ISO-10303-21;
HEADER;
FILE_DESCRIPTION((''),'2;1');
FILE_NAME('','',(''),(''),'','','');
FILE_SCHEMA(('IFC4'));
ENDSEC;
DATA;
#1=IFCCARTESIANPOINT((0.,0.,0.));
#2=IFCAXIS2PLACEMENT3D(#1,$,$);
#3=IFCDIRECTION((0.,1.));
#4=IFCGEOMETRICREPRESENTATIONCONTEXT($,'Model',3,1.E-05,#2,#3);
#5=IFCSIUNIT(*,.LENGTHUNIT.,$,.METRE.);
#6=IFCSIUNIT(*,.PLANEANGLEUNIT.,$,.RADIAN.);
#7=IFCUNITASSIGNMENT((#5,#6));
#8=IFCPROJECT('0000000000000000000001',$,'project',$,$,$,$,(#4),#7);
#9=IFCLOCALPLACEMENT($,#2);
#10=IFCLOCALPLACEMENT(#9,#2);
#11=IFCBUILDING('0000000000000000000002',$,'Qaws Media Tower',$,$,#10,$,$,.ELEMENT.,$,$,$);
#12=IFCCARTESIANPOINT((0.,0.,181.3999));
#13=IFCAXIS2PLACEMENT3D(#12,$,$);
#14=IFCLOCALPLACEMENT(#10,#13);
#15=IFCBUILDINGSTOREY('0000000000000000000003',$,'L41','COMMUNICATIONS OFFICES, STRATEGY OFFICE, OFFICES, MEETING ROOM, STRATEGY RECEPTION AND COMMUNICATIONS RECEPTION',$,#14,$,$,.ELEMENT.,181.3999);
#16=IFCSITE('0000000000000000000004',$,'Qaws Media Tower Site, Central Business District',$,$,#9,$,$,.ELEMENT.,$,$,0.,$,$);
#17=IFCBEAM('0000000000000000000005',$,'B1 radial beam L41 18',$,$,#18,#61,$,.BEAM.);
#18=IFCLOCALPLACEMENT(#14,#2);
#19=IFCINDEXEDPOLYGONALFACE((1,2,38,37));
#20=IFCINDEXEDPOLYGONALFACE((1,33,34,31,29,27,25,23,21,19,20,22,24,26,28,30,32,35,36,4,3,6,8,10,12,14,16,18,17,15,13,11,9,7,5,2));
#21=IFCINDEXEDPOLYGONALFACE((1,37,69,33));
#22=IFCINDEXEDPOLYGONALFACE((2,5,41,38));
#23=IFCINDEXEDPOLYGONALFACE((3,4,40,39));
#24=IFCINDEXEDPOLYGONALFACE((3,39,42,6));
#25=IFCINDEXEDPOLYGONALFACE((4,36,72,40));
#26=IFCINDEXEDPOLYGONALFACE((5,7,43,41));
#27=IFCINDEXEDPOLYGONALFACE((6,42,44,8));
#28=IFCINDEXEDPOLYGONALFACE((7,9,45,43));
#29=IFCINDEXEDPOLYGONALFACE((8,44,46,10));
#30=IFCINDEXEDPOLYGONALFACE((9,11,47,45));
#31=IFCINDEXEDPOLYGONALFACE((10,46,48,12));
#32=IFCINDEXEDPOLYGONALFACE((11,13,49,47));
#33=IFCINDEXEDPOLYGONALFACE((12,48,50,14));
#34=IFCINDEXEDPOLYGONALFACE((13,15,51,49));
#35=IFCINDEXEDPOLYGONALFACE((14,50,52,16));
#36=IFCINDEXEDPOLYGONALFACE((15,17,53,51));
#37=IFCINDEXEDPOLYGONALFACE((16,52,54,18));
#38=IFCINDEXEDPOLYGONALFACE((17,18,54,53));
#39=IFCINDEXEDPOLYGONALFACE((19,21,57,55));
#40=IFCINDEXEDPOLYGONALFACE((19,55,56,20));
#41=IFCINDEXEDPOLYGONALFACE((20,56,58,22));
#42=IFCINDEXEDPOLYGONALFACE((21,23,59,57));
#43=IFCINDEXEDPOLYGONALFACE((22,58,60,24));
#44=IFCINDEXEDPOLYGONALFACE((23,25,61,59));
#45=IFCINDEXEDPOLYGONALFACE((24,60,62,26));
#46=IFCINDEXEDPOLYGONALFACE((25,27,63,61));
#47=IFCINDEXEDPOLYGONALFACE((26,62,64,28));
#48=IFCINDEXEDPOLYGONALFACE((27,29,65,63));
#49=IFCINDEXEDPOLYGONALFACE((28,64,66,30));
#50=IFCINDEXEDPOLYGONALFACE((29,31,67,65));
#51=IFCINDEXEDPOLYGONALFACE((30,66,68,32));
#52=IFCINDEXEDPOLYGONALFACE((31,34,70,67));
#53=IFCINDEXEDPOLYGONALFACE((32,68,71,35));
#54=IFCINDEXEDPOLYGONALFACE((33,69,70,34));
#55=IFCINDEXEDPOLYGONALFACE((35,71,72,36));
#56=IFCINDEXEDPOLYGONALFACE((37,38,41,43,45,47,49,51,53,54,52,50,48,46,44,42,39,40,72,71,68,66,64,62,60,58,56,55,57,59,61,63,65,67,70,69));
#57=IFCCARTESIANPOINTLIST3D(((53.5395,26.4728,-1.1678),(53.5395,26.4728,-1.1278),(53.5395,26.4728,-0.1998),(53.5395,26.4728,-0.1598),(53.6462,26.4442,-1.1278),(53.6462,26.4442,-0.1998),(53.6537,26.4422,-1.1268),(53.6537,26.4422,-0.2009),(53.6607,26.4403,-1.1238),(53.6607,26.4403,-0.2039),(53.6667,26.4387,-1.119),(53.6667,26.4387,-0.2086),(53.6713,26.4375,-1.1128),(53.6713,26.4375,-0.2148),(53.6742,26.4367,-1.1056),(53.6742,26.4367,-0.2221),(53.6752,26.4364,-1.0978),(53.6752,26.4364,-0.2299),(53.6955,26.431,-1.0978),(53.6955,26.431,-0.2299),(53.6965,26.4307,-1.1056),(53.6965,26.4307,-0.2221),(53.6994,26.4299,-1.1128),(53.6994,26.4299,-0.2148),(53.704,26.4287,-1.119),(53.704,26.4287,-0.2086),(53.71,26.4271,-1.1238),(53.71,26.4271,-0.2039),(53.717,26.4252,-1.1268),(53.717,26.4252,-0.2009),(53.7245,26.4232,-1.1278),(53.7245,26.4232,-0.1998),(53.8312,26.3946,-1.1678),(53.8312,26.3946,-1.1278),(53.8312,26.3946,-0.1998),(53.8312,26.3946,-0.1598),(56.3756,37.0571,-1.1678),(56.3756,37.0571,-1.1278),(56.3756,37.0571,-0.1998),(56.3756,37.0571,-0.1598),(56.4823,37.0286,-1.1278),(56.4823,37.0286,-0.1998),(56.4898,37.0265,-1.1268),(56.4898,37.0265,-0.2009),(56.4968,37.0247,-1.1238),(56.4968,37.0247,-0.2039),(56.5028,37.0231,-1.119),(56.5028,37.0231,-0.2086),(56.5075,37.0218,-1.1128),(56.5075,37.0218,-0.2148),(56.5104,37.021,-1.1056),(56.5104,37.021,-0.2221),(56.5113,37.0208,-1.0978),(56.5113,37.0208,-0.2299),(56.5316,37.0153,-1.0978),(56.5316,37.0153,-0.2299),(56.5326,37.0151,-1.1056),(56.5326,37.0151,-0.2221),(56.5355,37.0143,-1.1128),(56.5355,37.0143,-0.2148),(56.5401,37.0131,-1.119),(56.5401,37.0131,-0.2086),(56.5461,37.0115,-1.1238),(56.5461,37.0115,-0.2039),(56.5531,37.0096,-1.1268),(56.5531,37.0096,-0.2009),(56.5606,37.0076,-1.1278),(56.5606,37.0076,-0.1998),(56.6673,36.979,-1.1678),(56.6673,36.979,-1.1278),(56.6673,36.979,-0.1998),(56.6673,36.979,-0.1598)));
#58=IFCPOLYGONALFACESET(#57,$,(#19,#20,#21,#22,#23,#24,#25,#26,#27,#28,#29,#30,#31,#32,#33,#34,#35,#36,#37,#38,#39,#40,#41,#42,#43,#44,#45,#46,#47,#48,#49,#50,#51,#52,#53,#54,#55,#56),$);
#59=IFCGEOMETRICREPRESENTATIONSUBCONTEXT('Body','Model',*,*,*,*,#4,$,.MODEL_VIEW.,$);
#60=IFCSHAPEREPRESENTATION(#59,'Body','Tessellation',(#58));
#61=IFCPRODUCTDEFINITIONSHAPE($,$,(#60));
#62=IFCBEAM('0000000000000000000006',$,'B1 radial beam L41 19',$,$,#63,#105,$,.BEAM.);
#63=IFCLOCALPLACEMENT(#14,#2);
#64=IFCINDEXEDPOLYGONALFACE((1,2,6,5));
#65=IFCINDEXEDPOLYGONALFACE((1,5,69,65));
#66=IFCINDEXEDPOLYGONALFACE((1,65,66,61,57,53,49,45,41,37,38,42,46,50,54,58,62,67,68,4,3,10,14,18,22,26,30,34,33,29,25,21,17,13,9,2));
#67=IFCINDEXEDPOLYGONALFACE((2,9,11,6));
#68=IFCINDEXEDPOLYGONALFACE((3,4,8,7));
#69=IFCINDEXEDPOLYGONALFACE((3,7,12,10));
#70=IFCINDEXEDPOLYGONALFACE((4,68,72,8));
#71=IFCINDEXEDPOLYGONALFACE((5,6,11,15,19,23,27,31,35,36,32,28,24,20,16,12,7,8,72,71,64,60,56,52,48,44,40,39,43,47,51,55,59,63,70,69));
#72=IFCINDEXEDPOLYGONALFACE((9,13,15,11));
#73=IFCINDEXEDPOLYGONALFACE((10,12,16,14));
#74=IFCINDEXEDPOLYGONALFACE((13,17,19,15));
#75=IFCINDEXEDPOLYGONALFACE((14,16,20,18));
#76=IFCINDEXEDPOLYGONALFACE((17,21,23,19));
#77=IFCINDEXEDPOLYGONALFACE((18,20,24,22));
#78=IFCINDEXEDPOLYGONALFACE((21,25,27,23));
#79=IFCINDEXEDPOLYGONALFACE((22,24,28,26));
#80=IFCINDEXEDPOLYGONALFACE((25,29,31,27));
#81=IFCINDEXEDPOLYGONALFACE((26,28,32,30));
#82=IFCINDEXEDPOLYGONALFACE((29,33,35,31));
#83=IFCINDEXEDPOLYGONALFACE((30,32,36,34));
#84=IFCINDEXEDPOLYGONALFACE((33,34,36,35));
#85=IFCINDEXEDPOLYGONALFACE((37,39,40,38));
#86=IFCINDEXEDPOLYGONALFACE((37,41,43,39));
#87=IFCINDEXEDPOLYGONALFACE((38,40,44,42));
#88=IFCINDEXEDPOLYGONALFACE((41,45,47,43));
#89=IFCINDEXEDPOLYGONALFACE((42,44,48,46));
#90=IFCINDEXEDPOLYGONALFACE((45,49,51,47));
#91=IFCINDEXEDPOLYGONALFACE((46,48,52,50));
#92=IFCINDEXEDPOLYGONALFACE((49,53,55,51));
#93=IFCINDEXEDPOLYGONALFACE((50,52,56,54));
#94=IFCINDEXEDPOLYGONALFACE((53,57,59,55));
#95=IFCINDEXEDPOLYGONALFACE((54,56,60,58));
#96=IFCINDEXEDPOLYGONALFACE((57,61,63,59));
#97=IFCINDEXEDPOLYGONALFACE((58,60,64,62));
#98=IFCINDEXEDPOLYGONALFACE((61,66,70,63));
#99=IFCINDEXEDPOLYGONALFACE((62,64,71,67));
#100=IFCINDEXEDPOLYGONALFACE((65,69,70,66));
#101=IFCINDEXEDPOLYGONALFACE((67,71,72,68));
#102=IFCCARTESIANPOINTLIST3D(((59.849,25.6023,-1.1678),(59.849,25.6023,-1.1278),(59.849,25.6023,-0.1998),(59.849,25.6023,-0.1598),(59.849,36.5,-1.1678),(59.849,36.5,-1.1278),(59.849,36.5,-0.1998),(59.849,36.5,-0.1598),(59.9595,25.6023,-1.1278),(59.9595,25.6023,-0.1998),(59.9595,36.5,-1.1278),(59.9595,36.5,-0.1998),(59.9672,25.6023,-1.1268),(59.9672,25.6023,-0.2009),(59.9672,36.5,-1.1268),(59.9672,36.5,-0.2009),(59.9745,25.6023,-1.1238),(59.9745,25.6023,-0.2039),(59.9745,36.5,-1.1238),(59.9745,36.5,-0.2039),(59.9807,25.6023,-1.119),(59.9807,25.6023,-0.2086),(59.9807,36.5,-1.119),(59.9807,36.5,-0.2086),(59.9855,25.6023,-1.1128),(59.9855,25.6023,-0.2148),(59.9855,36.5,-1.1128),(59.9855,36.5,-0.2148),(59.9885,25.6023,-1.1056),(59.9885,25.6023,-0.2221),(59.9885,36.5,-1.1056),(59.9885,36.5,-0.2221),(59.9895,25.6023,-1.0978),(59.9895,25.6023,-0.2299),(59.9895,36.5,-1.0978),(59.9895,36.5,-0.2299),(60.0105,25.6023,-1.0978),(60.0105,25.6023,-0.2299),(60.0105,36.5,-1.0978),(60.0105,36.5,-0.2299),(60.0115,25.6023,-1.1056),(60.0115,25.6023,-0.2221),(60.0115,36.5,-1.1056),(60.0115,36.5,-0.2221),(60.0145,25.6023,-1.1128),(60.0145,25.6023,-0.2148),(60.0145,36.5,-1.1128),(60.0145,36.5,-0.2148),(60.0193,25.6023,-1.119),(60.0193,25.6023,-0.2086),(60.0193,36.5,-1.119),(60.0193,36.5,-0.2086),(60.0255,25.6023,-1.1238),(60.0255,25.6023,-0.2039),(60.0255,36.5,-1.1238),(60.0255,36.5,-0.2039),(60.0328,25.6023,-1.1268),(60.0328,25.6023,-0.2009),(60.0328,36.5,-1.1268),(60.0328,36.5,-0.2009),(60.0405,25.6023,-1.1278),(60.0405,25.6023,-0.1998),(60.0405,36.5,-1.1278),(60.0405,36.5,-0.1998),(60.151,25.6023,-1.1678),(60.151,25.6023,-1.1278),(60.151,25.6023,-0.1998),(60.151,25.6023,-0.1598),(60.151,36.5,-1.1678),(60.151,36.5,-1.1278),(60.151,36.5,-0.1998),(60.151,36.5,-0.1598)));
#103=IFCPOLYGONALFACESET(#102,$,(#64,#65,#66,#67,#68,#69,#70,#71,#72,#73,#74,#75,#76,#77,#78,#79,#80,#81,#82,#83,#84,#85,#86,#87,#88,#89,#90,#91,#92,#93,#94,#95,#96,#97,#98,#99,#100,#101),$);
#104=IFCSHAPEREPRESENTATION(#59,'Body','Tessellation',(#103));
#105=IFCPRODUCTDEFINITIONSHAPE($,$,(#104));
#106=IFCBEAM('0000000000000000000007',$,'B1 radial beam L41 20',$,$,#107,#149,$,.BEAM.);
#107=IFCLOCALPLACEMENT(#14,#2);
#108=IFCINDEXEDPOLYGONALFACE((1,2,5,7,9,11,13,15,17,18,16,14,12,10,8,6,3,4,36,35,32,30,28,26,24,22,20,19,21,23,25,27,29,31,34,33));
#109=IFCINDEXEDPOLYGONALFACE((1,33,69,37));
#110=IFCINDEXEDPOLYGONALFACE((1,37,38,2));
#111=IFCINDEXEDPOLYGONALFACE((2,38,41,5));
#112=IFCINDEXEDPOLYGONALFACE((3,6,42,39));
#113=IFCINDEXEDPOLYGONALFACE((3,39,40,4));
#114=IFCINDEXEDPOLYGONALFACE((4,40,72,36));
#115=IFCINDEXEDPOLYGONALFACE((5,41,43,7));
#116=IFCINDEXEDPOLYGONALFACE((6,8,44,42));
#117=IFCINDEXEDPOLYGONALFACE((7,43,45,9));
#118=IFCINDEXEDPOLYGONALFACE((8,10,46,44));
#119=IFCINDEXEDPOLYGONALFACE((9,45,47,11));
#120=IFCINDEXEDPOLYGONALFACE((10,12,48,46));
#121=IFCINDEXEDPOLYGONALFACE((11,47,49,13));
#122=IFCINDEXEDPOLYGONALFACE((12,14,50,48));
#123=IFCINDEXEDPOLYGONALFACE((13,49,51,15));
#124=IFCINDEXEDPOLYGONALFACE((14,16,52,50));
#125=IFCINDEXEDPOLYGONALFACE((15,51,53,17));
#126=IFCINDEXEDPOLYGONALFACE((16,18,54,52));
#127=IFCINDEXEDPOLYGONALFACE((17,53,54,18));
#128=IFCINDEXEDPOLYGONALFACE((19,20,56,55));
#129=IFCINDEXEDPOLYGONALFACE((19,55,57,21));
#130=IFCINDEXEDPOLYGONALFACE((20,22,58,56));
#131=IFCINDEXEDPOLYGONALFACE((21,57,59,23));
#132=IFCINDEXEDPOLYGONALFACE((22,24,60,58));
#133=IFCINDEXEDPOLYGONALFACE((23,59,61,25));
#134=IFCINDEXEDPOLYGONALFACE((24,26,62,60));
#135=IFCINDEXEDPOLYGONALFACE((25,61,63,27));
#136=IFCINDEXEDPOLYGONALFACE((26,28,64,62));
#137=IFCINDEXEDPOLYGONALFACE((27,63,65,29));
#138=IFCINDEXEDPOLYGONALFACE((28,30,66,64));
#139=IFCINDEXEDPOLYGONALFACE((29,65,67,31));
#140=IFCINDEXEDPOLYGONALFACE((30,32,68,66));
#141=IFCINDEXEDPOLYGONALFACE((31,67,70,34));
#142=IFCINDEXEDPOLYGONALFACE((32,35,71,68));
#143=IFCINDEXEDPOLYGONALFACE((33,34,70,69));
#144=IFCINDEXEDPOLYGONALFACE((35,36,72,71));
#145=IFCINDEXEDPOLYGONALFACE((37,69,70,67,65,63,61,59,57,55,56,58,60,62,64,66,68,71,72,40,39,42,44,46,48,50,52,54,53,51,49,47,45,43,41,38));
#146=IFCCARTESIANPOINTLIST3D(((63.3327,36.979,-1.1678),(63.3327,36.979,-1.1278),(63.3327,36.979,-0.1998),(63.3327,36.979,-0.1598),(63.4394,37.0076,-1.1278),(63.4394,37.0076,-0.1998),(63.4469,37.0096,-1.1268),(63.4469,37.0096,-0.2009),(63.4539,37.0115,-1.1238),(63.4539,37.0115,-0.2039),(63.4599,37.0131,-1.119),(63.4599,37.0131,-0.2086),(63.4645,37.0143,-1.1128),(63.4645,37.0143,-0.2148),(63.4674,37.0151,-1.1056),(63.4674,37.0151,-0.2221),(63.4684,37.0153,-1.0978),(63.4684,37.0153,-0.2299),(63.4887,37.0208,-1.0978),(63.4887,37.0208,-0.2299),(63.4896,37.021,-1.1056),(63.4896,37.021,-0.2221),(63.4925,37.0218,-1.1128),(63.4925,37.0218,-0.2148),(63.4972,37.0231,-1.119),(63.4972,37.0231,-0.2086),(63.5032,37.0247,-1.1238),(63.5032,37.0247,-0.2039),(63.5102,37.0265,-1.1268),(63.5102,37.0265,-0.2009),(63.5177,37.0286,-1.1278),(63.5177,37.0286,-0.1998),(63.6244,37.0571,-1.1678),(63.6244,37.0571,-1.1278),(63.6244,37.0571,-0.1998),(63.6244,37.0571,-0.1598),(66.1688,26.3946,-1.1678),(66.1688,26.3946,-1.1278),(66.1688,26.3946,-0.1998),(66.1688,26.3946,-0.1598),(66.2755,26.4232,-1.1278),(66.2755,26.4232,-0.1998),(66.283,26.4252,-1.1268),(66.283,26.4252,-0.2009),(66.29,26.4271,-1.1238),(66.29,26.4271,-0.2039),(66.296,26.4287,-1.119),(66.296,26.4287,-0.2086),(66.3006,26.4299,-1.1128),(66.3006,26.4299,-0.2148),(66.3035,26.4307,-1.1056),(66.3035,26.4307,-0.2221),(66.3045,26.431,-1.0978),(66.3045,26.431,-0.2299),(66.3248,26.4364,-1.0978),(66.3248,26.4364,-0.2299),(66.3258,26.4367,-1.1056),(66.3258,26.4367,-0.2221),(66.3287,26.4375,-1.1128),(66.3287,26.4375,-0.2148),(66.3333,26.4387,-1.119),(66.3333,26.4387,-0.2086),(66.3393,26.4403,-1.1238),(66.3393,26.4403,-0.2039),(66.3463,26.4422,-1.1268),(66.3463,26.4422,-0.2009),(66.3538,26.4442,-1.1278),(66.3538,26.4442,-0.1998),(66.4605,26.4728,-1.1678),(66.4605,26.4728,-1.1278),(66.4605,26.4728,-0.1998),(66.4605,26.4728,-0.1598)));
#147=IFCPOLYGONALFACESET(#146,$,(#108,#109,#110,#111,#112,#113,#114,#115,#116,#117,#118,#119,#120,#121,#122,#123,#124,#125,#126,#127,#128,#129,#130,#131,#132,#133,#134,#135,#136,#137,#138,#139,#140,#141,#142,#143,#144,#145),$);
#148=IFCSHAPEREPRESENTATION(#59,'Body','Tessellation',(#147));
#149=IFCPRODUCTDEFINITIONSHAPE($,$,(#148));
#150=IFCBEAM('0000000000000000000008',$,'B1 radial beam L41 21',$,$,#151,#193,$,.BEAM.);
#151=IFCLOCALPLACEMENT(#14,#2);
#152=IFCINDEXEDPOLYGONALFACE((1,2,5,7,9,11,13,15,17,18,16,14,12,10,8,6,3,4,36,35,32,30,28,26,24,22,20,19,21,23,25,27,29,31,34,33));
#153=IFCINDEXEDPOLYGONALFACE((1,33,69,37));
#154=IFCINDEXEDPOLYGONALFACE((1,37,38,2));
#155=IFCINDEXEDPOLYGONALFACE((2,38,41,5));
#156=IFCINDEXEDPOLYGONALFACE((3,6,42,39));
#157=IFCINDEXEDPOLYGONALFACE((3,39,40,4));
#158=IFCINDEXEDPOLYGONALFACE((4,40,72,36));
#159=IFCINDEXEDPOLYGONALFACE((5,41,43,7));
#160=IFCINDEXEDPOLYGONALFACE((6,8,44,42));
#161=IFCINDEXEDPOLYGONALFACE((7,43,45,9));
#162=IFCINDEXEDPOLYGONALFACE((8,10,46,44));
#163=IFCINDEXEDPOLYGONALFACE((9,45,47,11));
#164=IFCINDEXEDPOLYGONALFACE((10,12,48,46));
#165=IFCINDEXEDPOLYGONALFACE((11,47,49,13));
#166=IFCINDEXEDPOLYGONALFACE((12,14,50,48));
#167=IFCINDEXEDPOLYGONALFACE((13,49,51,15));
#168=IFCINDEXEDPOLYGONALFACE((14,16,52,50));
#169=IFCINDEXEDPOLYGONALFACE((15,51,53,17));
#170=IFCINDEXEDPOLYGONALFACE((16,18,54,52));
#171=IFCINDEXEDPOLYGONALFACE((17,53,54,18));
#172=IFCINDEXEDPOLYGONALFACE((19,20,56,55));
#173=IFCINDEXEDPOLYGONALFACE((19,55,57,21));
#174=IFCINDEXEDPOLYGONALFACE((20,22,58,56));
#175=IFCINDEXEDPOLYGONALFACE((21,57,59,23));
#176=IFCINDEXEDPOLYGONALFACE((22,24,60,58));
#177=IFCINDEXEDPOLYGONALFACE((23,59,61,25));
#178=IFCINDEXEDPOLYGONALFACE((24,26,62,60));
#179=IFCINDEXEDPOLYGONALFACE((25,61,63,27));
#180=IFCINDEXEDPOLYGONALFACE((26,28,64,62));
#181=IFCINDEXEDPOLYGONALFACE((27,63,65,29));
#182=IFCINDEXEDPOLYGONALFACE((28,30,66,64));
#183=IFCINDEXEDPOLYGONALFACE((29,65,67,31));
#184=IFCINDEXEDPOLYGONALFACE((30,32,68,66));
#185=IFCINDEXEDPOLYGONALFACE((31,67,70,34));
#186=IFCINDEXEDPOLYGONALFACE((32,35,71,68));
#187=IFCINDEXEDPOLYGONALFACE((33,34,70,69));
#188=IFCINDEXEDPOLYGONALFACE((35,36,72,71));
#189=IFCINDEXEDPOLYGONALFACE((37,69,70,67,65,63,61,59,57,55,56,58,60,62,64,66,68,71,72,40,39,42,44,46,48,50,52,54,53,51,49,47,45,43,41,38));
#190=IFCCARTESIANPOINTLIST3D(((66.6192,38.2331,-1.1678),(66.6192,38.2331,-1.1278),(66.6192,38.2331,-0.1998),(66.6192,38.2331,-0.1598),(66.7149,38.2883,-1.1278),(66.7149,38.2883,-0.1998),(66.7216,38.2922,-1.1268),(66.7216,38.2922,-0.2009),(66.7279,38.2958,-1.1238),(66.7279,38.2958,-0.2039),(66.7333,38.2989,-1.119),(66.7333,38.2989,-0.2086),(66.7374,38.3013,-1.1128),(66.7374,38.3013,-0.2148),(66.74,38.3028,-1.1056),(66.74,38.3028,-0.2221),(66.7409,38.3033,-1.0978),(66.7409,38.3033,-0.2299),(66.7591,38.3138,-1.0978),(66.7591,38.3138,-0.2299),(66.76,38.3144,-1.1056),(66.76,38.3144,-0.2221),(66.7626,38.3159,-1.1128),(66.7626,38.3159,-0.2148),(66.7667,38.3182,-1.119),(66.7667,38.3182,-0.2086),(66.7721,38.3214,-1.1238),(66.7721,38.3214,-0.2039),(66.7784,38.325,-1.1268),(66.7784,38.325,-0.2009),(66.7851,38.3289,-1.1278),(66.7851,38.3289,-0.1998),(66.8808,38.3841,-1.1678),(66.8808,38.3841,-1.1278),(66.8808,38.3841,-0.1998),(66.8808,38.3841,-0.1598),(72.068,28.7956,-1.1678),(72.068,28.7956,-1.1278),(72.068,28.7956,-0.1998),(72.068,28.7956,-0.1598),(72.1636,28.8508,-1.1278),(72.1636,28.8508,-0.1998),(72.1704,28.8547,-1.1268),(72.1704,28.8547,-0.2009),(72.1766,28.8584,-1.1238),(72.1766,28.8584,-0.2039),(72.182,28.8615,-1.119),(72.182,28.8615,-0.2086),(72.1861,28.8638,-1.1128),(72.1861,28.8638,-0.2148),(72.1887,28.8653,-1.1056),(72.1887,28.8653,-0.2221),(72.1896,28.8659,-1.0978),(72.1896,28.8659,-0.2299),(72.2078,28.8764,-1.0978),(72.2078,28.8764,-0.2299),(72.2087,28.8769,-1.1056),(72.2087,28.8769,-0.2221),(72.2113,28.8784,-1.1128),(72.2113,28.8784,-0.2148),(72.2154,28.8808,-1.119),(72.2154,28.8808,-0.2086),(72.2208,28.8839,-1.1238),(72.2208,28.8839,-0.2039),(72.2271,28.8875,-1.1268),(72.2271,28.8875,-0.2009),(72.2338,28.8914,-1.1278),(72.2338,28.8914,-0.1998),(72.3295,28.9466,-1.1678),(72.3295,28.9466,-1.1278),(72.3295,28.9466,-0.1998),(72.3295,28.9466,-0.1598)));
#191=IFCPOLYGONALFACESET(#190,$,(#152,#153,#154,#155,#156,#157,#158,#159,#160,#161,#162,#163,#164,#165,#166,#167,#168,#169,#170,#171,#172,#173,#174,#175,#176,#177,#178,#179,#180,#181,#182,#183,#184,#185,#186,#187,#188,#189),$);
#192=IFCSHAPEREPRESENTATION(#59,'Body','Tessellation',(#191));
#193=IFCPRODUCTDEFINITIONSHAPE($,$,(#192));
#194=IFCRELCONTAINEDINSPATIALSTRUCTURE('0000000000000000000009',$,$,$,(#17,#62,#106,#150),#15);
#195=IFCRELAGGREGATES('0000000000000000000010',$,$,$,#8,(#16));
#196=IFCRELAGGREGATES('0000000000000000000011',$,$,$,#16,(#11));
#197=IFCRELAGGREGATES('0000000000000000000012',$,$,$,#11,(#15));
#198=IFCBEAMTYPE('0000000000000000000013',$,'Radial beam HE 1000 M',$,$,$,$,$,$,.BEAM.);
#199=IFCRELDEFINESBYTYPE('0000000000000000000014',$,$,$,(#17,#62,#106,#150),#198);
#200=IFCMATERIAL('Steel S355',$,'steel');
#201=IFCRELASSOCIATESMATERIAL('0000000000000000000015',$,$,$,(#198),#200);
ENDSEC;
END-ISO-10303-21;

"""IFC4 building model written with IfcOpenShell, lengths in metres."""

from ifc_helpers import new_model, si_unit, direction, frame, origin, origin_2d, place, context, subcontext, project, spatial, i_section, extrude, material, material_profile, profile_set, type_object, element, save


model = new_model("IFC4")

# Units and contexts
model_context = context("Model", 3, precision=1e-05, world=origin(), true_north=direction((0.0, 1.0)))
body_context = subcontext(model_context, "Body", "Model", "MODEL_VIEW")
ifc_project = project(units=[si_unit("LENGTHUNIT", "METRE"), si_unit("PLANEANGLEUNIT", "RADIAN")], contexts=[model_context])

# Site, building, storey
site_placement = place(None, origin())
site = spatial("IfcSite", under=ifc_project, at=site_placement, Name="Qaws Media Tower Site, Central Business District", CompositionType="ELEMENT", RefElevation=0.0)
building_placement = place(site_placement, origin())
building = spatial("IfcBuilding", under=site, at=building_placement, Name="Qaws Media Tower", CompositionType="ELEMENT")
storey_placement = place(building_placement, frame((0.0, 0.0, 181.3999)))
storey = spatial("IfcBuildingStorey", under=building, at=storey_placement, Name="L41", Description="COMMUNICATIONS OFFICES, STRATEGY OFFICE, OFFICES, MEETING ROOM, STRATEGY RECEPTION AND COMMUNICATIONS RECEPTION", CompositionType="ELEMENT", Elevation=181.3999)

# Beams
ifc_material_1 = material(Name="Steel S355", Category="steel")
ifc_material_profile_1 = material_profile(ifc_material_1, i_section(OverallWidth=0.302, OverallDepth=1.0081, WebThickness=0.021, FlangeThickness=0.04, FilletRadius=0.03, at=origin_2d()), Name="HE 1000 M")
ifc_profile_set_1 = profile_set([ifc_material_profile_1], Name="Steel S355")
beam_type_1 = type_object("IfcBeamType", Name="Radial beam HE 1000 M", PredefinedType="BEAM", material=ifc_profile_set_1)
beam_1_placement = place(storey_placement, frame((56.5215, 37.0181, -0.6638), z_axis=(-0.258826, -0.965924, 0.0), x_axis=(0.965924, -0.258826, 0.0)))
element("IfcBeam", 1, at=beam_1_placement, inside=storey, type_object=beam_type_1, Name="B1 radial beam L41 18", PredefinedType="BEAM", context=body_context, shape_type="SweptSolid", body=[
    extrude(i_section(OverallWidth=0.302, OverallDepth=1.0081, WebThickness=0.021, FlangeThickness=0.04, FilletRadius=0.03, at=origin_2d()), origin(), (0.0, 0.0, 1.0), 10.9578),
])
beam_2_placement = place(storey_placement, frame((60.0, 36.5, -0.6638), z_axis=(0.0, -1.0, 0.0), x_axis=(1.0, 0.0, 0.0)))
element("IfcBeam", 2, at=beam_2_placement, inside=storey, type_object=beam_type_1, Name="B1 radial beam L41 19", PredefinedType="BEAM", context=body_context, shape_type="SweptSolid", body=[
    extrude(i_section(OverallWidth=0.302, OverallDepth=1.0081, WebThickness=0.021, FlangeThickness=0.04, FilletRadius=0.03, at=origin_2d()), origin(), (0.0, 0.0, 1.0), 10.8977),
])
beam_3_placement = place(storey_placement, frame((63.4785, 37.0181, -0.6638), z_axis=(0.258826, -0.965924, 0.0), x_axis=(0.965924, 0.258826, 0.0)))
element("IfcBeam", 3, at=beam_3_placement, inside=storey, type_object=beam_type_1, Name="B1 radial beam L41 20", PredefinedType="BEAM", context=body_context, shape_type="SweptSolid", body=[
    extrude(i_section(OverallWidth=0.302, OverallDepth=1.0081, WebThickness=0.021, FlangeThickness=0.04, FilletRadius=0.03, at=origin_2d()), origin(), (0.0, 0.0, 1.0), 10.9578),
])
beam_4_placement = place(storey_placement, frame((66.75, 38.3086, -0.6638), z_axis=(0.499999, -0.866026, 0.0), x_axis=(0.866026, 0.499999, 0.0)))
element("IfcBeam", 4, at=beam_4_placement, inside=storey, type_object=beam_type_1, Name="B1 radial beam L41 21", PredefinedType="BEAM", context=body_context, shape_type="SweptSolid", body=[
    extrude(i_section(OverallWidth=0.302, OverallDepth=1.0081, WebThickness=0.021, FlangeThickness=0.04, FilletRadius=0.03, at=origin_2d()), origin(), (0.0, 0.0, 1.0), 10.8975),
])

save(model, "model.ifc")
